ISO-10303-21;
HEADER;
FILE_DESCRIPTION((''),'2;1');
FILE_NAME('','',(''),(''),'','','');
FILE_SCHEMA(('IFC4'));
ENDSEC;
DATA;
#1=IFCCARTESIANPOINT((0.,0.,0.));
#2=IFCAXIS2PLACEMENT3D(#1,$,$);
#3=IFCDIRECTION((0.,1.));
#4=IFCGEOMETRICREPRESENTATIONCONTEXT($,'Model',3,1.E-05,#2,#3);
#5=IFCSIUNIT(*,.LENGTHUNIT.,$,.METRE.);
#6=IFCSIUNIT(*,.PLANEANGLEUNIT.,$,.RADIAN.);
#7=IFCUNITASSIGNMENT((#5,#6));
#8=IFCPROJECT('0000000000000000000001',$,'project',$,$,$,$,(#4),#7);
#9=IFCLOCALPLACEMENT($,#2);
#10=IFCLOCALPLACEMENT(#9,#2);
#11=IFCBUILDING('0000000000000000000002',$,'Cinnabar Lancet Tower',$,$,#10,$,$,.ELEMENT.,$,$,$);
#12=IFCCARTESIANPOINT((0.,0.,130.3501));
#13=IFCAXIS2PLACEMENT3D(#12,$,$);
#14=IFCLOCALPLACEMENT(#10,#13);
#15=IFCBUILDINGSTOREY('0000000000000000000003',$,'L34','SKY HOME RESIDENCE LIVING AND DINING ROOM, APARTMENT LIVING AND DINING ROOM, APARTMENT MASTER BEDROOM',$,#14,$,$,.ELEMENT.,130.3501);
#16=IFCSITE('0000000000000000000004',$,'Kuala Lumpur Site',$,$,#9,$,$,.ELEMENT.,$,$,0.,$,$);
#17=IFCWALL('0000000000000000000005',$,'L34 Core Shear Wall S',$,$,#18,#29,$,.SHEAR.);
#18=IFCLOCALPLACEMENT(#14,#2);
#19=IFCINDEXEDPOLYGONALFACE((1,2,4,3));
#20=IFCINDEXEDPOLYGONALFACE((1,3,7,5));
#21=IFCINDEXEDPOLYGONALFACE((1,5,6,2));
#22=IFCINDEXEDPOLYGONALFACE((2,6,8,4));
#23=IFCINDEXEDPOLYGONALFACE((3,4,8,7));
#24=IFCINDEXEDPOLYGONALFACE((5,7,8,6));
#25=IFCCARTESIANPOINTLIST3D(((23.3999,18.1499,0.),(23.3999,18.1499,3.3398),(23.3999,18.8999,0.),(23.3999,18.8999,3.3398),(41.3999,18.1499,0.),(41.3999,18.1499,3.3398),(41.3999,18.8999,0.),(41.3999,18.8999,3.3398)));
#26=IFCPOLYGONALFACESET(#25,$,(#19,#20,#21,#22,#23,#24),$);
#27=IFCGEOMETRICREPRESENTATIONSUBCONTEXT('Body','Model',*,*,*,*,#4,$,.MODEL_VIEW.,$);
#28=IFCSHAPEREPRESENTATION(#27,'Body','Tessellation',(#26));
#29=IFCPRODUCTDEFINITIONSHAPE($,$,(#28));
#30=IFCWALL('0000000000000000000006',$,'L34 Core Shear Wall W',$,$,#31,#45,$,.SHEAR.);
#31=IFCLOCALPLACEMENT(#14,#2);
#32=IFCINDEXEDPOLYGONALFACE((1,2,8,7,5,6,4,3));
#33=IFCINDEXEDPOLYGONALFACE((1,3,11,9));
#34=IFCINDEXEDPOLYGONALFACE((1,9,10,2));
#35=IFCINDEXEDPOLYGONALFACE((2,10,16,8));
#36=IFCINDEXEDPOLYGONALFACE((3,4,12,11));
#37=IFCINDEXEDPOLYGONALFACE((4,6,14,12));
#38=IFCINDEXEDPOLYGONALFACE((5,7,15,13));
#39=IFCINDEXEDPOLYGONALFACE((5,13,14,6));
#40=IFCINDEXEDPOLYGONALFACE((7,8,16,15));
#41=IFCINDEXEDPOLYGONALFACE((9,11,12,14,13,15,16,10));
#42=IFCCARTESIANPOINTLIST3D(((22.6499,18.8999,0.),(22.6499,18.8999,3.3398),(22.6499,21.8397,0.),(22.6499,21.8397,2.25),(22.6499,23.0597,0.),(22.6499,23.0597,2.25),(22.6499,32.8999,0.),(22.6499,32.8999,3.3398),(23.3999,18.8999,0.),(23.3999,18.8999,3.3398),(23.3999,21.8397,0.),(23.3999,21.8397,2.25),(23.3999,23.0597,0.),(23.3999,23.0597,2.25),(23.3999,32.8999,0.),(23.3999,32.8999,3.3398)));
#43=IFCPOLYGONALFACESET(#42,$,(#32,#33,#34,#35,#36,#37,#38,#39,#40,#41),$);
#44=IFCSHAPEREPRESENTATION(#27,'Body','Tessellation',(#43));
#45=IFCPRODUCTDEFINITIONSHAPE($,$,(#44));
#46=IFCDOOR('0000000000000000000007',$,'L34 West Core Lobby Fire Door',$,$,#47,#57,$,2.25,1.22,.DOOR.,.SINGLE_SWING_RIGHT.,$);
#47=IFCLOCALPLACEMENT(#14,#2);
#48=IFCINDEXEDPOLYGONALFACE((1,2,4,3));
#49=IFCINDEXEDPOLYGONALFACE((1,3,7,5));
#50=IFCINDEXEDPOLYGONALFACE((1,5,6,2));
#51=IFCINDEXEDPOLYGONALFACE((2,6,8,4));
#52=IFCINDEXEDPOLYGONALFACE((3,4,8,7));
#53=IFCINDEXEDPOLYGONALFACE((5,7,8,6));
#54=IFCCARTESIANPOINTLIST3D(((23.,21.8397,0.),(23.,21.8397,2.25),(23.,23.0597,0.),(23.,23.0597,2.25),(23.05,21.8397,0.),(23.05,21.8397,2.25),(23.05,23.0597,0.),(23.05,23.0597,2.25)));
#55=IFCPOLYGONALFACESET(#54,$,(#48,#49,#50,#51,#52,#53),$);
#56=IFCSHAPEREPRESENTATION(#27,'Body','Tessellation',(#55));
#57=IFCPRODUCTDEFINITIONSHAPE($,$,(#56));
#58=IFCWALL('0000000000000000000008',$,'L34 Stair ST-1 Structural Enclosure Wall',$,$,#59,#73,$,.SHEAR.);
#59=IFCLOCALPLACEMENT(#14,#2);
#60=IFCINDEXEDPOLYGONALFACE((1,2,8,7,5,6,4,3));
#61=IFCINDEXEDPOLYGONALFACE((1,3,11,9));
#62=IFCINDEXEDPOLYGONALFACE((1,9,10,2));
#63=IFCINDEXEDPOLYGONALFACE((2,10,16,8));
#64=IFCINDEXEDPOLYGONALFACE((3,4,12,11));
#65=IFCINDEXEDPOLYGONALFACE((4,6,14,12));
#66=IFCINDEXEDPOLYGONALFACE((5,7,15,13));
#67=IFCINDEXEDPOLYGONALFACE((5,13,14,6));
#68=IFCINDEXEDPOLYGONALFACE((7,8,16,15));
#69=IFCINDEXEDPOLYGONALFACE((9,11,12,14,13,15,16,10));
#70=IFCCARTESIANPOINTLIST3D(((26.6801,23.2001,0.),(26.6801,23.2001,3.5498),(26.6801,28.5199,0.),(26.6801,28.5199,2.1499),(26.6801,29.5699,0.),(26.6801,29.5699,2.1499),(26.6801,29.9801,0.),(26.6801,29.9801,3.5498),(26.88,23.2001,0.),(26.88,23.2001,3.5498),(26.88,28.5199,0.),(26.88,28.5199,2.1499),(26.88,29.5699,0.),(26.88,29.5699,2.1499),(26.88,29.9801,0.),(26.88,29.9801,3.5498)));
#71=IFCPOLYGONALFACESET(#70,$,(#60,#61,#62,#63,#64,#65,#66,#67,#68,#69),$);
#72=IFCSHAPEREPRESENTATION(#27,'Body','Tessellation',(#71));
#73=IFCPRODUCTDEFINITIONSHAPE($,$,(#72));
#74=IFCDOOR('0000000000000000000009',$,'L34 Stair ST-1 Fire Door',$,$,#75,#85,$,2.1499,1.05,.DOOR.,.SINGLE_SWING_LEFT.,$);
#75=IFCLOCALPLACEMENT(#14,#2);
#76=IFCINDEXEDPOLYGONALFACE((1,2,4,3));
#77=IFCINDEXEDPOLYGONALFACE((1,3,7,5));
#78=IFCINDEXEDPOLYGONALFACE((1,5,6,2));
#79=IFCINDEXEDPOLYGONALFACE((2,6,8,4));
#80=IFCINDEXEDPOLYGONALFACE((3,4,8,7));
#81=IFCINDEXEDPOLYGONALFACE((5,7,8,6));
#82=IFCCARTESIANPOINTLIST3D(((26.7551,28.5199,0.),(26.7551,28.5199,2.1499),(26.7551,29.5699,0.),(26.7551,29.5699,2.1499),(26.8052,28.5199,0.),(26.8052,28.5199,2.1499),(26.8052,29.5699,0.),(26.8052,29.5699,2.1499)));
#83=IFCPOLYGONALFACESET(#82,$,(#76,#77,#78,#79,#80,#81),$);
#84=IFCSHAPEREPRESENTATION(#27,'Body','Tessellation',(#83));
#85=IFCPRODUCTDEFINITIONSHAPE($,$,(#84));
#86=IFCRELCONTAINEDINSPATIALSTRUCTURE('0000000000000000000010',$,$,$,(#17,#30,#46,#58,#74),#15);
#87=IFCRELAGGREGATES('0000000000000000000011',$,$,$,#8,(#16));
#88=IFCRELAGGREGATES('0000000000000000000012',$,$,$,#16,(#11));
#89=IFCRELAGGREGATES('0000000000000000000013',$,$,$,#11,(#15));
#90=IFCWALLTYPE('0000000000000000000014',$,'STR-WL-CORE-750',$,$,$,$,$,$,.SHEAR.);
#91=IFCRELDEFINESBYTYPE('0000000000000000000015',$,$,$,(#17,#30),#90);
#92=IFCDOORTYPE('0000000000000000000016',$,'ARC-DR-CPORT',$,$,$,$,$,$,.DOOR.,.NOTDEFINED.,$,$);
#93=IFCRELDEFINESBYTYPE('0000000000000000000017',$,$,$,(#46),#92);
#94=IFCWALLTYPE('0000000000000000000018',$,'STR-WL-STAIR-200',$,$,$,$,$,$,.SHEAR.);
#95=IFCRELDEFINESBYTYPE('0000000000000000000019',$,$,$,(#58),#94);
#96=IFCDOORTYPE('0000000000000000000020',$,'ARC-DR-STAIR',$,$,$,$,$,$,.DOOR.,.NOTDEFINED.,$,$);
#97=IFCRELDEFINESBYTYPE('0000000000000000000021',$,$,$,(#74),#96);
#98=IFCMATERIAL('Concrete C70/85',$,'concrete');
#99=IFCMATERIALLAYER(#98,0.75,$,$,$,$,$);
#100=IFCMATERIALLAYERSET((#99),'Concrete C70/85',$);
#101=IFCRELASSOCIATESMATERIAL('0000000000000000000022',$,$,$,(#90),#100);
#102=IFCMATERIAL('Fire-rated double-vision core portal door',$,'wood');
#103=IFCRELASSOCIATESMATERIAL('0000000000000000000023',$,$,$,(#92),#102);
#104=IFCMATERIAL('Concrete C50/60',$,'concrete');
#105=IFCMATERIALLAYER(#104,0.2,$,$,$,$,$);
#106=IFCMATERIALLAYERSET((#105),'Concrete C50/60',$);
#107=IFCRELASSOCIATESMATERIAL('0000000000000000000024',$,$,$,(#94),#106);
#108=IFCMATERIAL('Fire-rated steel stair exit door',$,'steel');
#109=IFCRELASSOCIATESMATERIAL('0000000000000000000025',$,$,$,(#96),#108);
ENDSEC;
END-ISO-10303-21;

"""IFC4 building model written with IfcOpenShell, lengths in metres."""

from ifc_helpers import new_model, si_unit, direction, frame, frame_2d, origin, place, context, subcontext, project, spatial, rectangle, extrude, material, layer, layer_set, type_object, element, fill, save


model = new_model("IFC4")

# Units and contexts
model_context = context("Model", 3, precision=1e-05, world=origin(), true_north=direction((0.0, 1.0)))
body_context = subcontext(model_context, "Body", "Model", "MODEL_VIEW")
ifc_project = project(units=[si_unit("LENGTHUNIT", "METRE"), si_unit("PLANEANGLEUNIT", "RADIAN")], contexts=[model_context])

# Site, building, storey
site_placement = place(None, origin())
site = spatial("IfcSite", under=ifc_project, at=site_placement, Name="Kuala Lumpur Site", CompositionType="ELEMENT", RefElevation=0.0)
building_placement = place(site_placement, origin())
building = spatial("IfcBuilding", under=site, at=building_placement, Name="Cinnabar Lancet Tower", CompositionType="ELEMENT")
storey_placement = place(building_placement, frame((0.0, 0.0, 130.3501)))
storey = spatial("IfcBuildingStorey", under=building, at=storey_placement, Name="L34", Description="SKY HOME RESIDENCE LIVING AND DINING ROOM, APARTMENT LIVING AND DINING ROOM, APARTMENT MASTER BEDROOM", CompositionType="ELEMENT", Elevation=130.3501)

# Wall
ifc_material_1 = material(Name="Concrete C70/85", Category="concrete")
ifc_layer_1 = layer(ifc_material_1, 0.75)
ifc_layer_set_1 = layer_set([ifc_layer_1], Name="Concrete C70/85")
wall_type_1 = type_object("IfcWallType", Name="STR-WL-CORE-750", PredefinedType="SHEAR", material=ifc_layer_set_1)
wall_1_placement = place(storey_placement, frame((23.3999, 18.5249, 0.0), z_axis=(0.0, 0.0, 1.0), x_axis=(1.0, 0.0, 0.0)))
element("IfcWall", 1, at=wall_1_placement, inside=storey, type_object=wall_type_1, Name="L34 Core Shear Wall S", PredefinedType="SHEAR", context=body_context, shape_type="SweptSolid", body=[
    extrude(rectangle(XDim=18.0, YDim=0.75, at=frame_2d((9.0, 0.0))), origin(), (0.0, 0.0, 1.0), 3.3398),
])

# Walls, openings, doors
wall_2_placement = place(storey_placement, frame((23.0249, 18.8999, 0.0), z_axis=(0.0, 0.0, 1.0), x_axis=(0.0, 1.0, 0.0)))
wall_2 = element("IfcWall", 2, at=wall_2_placement, inside=storey, type_object=wall_type_1, Name="L34 Core Shear Wall W", PredefinedType="SHEAR", context=body_context, shape_type="SweptSolid", body=[
    extrude(rectangle(XDim=14.0, YDim=0.75, at=frame_2d((7.0, 0.0))), origin(), (0.0, 0.0, 1.0), 3.3398),
])
opening_1_placement = place(wall_2_placement, frame((2.9399, 0.0, 0.0)))
opening_1 = element("IfcOpeningElement", 3, at=opening_1_placement, cuts=wall_2, PredefinedType="OPENING", context=body_context, shape_type="SweptSolid", body=[
    extrude(rectangle(XDim=1.22, YDim=2.25, at=frame_2d((0.6099, 1.125))), frame((0.0, 0.385, 0.0), z_axis=(0.0, -1.0, 0.0), x_axis=(1.0, 0.0, 0.0)), (0.0, 0.0, 1.0), 0.77),
])
ifc_material_2 = material(Name="Fire-rated double-vision core portal door", Category="wood")
door_type_1 = type_object("IfcDoorType", Name="ARC-DR-CPORT", OperationType="NOTDEFINED", PredefinedType="DOOR", material=ifc_material_2)
door_1_placement = place(opening_1_placement, origin())
door_1 = element("IfcDoor", 4, at=door_1_placement, inside=storey, type_object=door_type_1, Name="L34 West Core Lobby Fire Door", OperationType="SINGLE_SWING_RIGHT", OverallHeight=2.25, OverallWidth=1.22, PredefinedType="DOOR", context=body_context, shape_type="SweptSolid", body=[
    extrude(rectangle(XDim=1.22, YDim=2.25, at=frame_2d((0.6099, 1.125))), frame((0.0, 0.0249, 0.0), z_axis=(0.0, -1.0, 0.0), x_axis=(1.0, 0.0, 0.0)), (0.0, 0.0, 1.0), 0.05),
])
fill(opening_1, door_1)
ifc_material_3 = material(Name="Concrete C50/60", Category="concrete")
ifc_layer_2 = layer(ifc_material_3, 0.2)
ifc_layer_set_2 = layer_set([ifc_layer_2], Name="Concrete C50/60")
wall_type_2 = type_object("IfcWallType", Name="STR-WL-STAIR-200", PredefinedType="SHEAR", material=ifc_layer_set_2)
wall_3_placement = place(storey_placement, frame((26.78, 23.2, 0.0), z_axis=(0.0, 0.0, 1.0), x_axis=(0.0, 1.0, 0.0)))
wall_3 = element("IfcWall", 5, at=wall_3_placement, inside=storey, type_object=wall_type_2, Name="L34 Stair ST-1 Structural Enclosure Wall", PredefinedType="SHEAR", context=body_context, shape_type="SweptSolid", body=[
    extrude(rectangle(XDim=6.78, YDim=0.2, at=frame_2d((3.3901, 0.0))), origin(), (0.0, 0.0, 1.0), 3.5498),
])
opening_2_placement = place(wall_3_placement, frame((5.3201, 0.0, 0.0)))
opening_2 = element("IfcOpeningElement", 6, at=opening_2_placement, cuts=wall_3, PredefinedType="OPENING", context=body_context, shape_type="SweptSolid", body=[
    extrude(rectangle(XDim=1.05, YDim=2.1499, at=frame_2d((0.5249, 1.075))), frame((0.0, 0.1099, 0.0), z_axis=(0.0, -1.0, 0.0), x_axis=(1.0, 0.0, 0.0)), (0.0, 0.0, 1.0), 0.22),
])
ifc_material_4 = material(Name="Fire-rated steel stair exit door", Category="steel")
door_type_2 = type_object("IfcDoorType", Name="ARC-DR-STAIR", OperationType="NOTDEFINED", PredefinedType="DOOR", material=ifc_material_4)
door_2_placement = place(opening_2_placement, origin())
door_2 = element("IfcDoor", 7, at=door_2_placement, inside=storey, type_object=door_type_2, Name="L34 Stair ST-1 Fire Door", OperationType="SINGLE_SWING_LEFT", OverallHeight=2.1499, OverallWidth=1.05, PredefinedType="DOOR", context=body_context, shape_type="SweptSolid", body=[
    extrude(rectangle(XDim=1.05, YDim=2.1499, at=frame_2d((0.5249, 1.075))), frame((0.0, 0.0249, 0.0), z_axis=(0.0, -1.0, 0.0), x_axis=(1.0, 0.0, 0.0)), (0.0, 0.0, 1.0), 0.05),
])
fill(opening_2, door_2)

save(model, "model.ifc")
